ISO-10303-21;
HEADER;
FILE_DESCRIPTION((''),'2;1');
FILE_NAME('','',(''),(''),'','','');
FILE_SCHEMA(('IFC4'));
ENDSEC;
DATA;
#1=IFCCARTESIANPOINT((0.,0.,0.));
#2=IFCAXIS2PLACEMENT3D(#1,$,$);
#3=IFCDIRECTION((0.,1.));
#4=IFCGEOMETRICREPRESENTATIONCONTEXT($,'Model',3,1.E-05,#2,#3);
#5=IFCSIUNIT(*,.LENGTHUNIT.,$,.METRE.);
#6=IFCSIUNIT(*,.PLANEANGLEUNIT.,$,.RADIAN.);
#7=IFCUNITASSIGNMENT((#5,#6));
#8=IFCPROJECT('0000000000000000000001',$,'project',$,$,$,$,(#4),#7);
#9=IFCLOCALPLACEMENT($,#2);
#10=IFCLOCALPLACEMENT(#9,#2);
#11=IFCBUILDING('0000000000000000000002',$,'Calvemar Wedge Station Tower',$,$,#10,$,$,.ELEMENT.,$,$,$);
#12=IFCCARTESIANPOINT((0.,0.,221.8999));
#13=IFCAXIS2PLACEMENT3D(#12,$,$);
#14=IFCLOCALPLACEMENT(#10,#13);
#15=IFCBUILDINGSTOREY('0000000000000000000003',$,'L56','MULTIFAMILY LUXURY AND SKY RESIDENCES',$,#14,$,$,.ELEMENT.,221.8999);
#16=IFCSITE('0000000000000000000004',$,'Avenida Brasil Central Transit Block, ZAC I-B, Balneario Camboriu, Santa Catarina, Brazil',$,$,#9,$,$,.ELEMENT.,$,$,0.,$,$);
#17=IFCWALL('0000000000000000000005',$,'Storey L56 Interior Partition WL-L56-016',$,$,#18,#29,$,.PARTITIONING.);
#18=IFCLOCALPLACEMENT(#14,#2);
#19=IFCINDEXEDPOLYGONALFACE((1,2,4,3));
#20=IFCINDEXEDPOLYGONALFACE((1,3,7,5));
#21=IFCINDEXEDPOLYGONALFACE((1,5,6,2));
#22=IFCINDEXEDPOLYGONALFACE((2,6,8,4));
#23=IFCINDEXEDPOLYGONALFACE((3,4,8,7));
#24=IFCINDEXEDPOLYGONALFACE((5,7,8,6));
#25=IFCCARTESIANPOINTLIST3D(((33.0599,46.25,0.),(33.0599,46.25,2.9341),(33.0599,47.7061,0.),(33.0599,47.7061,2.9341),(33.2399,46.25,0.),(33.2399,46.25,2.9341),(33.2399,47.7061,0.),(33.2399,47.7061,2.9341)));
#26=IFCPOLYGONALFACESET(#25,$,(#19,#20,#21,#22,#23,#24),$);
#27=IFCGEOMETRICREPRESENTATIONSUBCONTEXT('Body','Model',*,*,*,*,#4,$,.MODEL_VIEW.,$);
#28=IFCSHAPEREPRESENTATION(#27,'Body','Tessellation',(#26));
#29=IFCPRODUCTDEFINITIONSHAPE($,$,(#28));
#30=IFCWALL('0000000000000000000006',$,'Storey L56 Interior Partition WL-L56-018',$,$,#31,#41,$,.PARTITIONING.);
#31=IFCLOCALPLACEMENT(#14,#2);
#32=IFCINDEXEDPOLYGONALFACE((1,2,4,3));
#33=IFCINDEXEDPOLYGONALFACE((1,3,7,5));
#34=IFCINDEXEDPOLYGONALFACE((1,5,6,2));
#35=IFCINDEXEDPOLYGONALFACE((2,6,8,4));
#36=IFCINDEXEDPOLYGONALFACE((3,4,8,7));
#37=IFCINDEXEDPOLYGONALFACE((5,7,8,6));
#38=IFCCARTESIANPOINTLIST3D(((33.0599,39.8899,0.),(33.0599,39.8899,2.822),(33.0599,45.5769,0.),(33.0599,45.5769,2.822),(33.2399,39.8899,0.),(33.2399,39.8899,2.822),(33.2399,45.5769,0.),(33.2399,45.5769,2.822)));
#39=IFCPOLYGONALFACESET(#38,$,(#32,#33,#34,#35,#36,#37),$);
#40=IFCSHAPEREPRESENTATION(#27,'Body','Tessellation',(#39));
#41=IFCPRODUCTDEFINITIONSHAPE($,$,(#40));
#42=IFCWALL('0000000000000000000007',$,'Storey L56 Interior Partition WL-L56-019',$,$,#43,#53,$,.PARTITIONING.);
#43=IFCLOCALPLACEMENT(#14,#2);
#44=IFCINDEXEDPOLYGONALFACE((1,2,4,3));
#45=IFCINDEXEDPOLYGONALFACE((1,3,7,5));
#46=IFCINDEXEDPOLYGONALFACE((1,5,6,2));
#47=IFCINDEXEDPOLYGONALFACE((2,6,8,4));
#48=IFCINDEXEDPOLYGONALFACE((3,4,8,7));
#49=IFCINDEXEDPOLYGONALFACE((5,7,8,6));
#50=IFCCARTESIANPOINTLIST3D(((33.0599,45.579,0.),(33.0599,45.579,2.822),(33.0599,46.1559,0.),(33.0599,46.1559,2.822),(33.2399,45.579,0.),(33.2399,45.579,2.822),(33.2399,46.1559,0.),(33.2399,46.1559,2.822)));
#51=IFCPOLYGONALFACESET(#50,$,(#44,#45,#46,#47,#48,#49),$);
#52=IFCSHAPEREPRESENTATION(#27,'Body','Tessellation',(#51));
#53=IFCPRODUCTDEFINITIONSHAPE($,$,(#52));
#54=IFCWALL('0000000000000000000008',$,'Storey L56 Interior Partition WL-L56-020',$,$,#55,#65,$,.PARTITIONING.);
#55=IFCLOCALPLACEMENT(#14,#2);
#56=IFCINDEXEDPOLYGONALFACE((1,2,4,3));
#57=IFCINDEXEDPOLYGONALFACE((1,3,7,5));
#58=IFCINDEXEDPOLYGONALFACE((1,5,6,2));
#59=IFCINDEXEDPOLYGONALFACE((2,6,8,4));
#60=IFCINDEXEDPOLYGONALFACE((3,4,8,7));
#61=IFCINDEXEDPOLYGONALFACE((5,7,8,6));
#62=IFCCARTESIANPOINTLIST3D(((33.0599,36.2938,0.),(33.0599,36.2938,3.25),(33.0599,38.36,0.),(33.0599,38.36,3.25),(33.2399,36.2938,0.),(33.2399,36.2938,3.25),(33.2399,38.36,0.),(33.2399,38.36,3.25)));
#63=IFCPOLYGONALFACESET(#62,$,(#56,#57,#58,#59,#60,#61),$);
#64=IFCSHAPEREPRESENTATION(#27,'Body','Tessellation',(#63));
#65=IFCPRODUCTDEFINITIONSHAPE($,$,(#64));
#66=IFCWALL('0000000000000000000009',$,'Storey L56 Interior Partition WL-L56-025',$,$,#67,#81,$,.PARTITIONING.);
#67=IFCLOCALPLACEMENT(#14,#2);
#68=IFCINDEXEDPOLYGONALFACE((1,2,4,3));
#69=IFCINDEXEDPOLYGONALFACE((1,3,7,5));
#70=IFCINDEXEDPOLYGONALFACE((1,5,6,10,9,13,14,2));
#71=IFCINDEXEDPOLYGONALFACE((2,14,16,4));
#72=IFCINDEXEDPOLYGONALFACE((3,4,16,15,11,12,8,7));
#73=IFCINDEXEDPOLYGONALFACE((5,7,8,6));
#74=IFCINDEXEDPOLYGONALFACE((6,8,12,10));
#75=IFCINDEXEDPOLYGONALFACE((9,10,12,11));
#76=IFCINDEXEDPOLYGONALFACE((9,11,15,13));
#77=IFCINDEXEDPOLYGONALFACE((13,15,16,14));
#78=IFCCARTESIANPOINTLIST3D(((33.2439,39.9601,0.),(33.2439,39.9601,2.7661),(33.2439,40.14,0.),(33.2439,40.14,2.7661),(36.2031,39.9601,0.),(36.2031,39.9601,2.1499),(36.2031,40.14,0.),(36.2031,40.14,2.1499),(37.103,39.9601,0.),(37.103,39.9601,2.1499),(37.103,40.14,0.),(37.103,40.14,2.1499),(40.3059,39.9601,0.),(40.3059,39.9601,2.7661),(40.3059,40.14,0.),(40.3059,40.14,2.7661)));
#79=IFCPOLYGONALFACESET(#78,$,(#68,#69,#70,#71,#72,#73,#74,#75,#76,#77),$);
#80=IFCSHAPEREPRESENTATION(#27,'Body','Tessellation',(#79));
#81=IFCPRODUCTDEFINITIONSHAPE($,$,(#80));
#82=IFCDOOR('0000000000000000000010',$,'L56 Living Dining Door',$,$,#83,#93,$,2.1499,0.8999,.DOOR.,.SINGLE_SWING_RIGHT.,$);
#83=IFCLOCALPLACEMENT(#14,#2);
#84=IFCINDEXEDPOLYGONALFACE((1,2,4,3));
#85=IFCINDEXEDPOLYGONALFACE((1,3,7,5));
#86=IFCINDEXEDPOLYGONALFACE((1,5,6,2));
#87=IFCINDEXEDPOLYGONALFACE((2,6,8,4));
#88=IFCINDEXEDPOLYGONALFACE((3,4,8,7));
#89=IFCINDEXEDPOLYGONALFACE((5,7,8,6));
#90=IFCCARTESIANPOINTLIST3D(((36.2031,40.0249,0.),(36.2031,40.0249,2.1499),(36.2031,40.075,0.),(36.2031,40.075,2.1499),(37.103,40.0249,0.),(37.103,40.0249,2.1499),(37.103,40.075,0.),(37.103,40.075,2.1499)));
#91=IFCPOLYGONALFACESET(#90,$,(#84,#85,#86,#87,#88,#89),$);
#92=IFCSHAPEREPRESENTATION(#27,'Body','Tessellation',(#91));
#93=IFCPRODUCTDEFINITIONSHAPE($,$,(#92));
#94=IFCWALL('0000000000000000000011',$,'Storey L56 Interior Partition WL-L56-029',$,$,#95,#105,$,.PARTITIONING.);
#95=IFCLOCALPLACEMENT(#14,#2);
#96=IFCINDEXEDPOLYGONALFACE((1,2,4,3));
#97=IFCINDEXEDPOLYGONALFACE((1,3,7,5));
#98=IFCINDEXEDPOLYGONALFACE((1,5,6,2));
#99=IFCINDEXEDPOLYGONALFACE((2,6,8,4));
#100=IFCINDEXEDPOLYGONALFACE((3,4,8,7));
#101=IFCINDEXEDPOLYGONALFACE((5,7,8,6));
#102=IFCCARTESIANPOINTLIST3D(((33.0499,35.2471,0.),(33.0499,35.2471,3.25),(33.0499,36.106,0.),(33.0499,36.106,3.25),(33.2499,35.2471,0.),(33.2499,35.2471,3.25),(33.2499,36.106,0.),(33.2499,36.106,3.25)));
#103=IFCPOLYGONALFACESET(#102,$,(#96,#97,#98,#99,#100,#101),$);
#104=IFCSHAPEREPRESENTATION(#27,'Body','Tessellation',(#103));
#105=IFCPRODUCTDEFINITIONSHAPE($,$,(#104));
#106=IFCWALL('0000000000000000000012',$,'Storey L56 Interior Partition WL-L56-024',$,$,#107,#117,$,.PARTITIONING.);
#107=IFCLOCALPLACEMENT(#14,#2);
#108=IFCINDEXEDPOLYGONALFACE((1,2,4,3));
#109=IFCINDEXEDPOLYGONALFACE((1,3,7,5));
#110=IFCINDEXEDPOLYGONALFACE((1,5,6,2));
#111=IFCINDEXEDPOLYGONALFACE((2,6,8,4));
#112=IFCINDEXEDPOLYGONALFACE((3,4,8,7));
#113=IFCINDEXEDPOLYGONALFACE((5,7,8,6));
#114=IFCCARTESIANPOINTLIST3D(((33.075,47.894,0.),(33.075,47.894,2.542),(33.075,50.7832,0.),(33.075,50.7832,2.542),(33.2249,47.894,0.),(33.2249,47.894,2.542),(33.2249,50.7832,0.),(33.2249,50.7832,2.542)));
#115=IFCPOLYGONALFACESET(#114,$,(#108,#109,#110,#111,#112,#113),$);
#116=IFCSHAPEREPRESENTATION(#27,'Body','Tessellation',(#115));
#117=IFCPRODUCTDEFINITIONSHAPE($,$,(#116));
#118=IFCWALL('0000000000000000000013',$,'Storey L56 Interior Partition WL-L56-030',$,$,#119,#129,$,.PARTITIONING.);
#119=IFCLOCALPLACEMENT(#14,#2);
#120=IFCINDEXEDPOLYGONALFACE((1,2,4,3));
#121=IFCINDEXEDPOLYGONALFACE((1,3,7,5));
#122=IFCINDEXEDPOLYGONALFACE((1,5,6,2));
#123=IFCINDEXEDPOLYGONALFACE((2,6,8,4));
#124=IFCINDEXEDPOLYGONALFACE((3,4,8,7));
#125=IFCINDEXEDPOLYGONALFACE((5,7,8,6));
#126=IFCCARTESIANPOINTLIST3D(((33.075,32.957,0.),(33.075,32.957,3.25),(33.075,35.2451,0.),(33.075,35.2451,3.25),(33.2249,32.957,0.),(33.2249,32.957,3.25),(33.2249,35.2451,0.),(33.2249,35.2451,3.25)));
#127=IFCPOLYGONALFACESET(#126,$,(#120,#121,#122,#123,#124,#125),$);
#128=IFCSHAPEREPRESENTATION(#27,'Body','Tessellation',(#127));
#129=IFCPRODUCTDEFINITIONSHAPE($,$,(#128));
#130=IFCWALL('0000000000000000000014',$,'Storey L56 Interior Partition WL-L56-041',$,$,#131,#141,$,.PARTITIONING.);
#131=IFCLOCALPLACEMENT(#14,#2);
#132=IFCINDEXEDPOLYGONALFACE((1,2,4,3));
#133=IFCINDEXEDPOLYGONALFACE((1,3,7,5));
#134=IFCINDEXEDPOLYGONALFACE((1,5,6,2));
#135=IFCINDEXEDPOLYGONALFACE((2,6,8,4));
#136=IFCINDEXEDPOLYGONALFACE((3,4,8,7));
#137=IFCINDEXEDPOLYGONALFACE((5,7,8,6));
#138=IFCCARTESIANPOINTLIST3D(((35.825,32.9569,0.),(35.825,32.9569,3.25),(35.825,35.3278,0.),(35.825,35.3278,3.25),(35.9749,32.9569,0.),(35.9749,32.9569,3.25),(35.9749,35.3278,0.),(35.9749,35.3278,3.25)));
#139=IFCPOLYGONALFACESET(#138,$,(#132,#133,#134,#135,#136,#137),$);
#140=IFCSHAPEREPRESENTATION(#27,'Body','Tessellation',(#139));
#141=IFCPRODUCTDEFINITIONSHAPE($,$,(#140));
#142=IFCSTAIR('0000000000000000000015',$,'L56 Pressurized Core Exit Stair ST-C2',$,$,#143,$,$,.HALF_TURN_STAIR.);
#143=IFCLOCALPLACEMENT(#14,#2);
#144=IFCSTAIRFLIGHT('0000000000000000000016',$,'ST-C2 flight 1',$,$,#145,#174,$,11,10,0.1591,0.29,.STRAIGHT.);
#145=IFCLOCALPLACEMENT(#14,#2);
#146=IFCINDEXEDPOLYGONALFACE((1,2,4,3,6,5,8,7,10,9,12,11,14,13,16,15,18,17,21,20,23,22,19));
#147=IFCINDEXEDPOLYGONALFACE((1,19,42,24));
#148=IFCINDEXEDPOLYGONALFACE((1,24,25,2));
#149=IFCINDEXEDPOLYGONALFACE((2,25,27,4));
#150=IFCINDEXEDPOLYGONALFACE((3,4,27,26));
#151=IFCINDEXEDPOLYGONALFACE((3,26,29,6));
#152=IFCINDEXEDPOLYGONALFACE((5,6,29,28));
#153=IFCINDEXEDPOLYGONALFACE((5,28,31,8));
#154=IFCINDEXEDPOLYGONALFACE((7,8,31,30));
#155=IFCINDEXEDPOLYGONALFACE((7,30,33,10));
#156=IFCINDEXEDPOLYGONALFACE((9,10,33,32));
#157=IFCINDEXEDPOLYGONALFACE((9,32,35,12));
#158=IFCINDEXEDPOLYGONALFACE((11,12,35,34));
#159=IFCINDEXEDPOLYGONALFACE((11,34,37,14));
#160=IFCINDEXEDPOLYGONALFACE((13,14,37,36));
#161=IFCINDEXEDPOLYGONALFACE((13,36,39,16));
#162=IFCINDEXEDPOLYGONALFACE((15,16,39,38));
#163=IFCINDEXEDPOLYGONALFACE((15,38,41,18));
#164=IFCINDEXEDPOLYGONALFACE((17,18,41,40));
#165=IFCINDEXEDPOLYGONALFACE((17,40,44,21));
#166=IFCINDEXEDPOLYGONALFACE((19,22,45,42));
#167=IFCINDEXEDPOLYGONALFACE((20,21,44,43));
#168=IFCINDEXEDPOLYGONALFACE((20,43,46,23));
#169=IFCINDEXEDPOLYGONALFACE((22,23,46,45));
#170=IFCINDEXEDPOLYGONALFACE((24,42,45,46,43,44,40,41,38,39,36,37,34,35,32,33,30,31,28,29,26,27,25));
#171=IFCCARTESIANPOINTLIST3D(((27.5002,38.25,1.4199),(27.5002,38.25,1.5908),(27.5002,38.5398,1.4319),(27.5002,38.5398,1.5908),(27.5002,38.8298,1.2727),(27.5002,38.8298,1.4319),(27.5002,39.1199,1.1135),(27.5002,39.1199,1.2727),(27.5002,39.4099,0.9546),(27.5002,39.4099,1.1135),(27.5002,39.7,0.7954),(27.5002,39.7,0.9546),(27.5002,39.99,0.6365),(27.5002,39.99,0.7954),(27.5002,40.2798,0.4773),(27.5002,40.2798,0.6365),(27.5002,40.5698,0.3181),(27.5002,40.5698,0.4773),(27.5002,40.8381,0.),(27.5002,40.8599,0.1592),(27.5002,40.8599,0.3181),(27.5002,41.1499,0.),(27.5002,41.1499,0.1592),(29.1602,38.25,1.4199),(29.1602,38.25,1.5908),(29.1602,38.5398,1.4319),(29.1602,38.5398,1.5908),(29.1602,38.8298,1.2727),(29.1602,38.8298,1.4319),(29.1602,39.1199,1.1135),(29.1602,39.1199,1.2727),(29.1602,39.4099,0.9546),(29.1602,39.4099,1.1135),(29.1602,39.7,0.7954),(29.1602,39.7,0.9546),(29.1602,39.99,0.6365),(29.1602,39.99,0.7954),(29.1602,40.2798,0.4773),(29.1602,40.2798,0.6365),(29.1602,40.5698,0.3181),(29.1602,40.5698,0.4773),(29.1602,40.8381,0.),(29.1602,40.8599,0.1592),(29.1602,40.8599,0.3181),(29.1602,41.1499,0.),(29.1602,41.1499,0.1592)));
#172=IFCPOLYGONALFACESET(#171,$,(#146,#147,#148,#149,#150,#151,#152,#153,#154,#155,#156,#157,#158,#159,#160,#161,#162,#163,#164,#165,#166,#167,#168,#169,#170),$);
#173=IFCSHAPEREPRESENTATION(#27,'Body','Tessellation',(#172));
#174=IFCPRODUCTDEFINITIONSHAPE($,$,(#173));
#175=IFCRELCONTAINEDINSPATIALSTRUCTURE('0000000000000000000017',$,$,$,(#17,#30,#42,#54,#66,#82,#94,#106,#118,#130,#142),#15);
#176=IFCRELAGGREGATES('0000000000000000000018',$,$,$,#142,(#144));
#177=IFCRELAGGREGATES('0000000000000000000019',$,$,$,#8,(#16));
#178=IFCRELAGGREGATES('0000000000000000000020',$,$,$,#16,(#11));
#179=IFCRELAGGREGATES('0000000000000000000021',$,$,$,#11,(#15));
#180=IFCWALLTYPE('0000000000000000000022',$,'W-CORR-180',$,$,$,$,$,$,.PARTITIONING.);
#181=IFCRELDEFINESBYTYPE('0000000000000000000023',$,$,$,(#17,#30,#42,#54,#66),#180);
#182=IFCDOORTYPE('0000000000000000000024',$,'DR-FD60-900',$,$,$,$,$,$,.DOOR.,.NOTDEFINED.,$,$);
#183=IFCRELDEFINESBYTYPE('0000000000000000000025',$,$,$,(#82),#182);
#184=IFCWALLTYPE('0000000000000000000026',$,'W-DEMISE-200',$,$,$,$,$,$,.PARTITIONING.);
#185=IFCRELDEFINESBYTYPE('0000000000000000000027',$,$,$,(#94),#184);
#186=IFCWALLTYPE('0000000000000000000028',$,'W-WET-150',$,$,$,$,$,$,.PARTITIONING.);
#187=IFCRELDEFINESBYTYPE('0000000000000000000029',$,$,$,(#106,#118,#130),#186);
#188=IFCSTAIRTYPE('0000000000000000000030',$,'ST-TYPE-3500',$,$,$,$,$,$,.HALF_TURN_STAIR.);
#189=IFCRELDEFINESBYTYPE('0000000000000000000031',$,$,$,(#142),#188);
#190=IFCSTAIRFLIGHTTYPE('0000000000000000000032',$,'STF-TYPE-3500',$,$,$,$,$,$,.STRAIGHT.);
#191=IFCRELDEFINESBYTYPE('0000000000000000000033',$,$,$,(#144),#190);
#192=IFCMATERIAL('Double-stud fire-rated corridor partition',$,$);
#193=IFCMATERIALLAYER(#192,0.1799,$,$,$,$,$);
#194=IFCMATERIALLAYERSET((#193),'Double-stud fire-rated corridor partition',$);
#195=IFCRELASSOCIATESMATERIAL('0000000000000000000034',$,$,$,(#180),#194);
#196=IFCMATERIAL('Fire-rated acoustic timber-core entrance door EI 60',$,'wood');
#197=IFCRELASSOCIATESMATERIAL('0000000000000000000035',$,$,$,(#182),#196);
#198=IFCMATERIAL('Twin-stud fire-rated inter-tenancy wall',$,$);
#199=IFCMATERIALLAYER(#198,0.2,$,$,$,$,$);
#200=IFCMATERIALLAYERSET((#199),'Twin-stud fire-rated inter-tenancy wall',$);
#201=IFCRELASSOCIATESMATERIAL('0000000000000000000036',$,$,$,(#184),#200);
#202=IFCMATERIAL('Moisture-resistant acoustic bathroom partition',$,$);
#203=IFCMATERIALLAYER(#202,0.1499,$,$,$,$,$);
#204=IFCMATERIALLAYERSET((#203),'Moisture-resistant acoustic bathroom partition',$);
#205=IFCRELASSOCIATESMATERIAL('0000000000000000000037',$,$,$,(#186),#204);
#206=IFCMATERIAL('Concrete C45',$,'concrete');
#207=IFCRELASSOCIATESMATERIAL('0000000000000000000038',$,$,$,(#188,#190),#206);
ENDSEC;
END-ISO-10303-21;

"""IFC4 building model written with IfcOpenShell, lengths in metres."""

from ifc_helpers import new_model, si_unit, direction, frame, frame_2d, origin, place, context, subcontext, project, spatial, polyline, rectangle, outline, extrude, source, transform, mapped, material, layer, layer_set, type_object, element, fill, aggregate, save


model = new_model("IFC4")

# Units and contexts
model_context = context("Model", 3, precision=1e-05, world=origin(), true_north=direction((0.0, 1.0)))
body_context = subcontext(model_context, "Body", "Model", "MODEL_VIEW")
ifc_project = project(units=[si_unit("LENGTHUNIT", "METRE"), si_unit("PLANEANGLEUNIT", "RADIAN")], contexts=[model_context])

# Site, building, storey
site_placement = place(None, origin())
site = spatial("IfcSite", under=ifc_project, at=site_placement, Name="Avenida Brasil Central Transit Block, ZAC I-B, Balneario Camboriu, Santa Catarina, Brazil", CompositionType="ELEMENT", RefElevation=0.0)
building_placement = place(site_placement, origin())
building = spatial("IfcBuilding", under=site, at=building_placement, Name="Calvemar Wedge Station Tower", CompositionType="ELEMENT")
storey_placement = place(building_placement, frame((0.0, 0.0, 221.8999)))
storey = spatial("IfcBuildingStorey", under=building, at=storey_placement, Name="L56", Description="MULTIFAMILY LUXURY AND SKY RESIDENCES", CompositionType="ELEMENT", Elevation=221.8999)

# Shared definitions
ifc_material_1 = material(Name="Double-stud fire-rated corridor partition")
ifc_layer_1 = layer(ifc_material_1, 0.1799)
ifc_layer_set_1 = layer_set([ifc_layer_1], Name="Double-stud fire-rated corridor partition")
wall_type_1 = type_object("IfcWallType", Name="W-CORR-180", PredefinedType="PARTITIONING", material=ifc_layer_set_1)

# Wall
wall_1_placement = place(storey_placement, frame((33.1499, 47.7061, 0.0), z_axis=(0.0, 0.0, 1.0), x_axis=(0.0, -1.0, 0.0)))
element("IfcWall", 1, at=wall_1_placement, inside=storey, type_object=wall_type_1, Name="Storey L56 Interior Partition WL-L56-016", PredefinedType="PARTITIONING", context=body_context, shape_type="SweptSolid", body=[
    extrude(rectangle(XDim=1.4561, YDim=0.1799, at=frame_2d((0.728, 0.0))), origin(), (0.0, 0.0, 1.0), 2.9341),
])

# Walls
wall_2_placement = place(storey_placement, frame((33.1499, 45.5769, 0.0), z_axis=(0.0, 0.0, 1.0), x_axis=(0.0, -1.0, 0.0)))
element("IfcWall", 2, at=wall_2_placement, inside=storey, type_object=wall_type_1, Name="Storey L56 Interior Partition WL-L56-018", PredefinedType="PARTITIONING", context=body_context, shape_type="SweptSolid", body=[
    extrude(rectangle(XDim=5.687, YDim=0.1799, at=frame_2d((2.8435, 0.0))), origin(), (0.0, 0.0, 1.0), 2.822),
])
wall_3_placement = place(storey_placement, frame((33.1499, 46.156, 0.0), z_axis=(0.0, 0.0, 1.0), x_axis=(0.0, -1.0, 0.0)))
element("IfcWall", 3, at=wall_3_placement, inside=storey, type_object=wall_type_1, Name="Storey L56 Interior Partition WL-L56-019", PredefinedType="PARTITIONING", context=body_context, shape_type="SweptSolid", body=[
    extrude(rectangle(XDim=0.5769, YDim=0.1799, at=frame_2d((0.2886, 0.0))), origin(), (0.0, 0.0, 1.0), 2.822),
])
wall_4_placement = place(storey_placement, frame((33.1499, 38.3601, 0.0), z_axis=(0.0, 0.0, 1.0), x_axis=(0.0, -1.0, 0.0)))
element("IfcWall", 4, at=wall_4_placement, inside=storey, type_object=wall_type_1, Name="Storey L56 Interior Partition WL-L56-020", PredefinedType="PARTITIONING", context=body_context, shape_type="SweptSolid", body=[
    extrude(rectangle(XDim=2.0662, YDim=0.1799, at=frame_2d((1.0332, 0.0))), origin(), (0.0, 0.0, 1.0), 3.25),
])

# Wall, opening, door
wall_5_placement = place(storey_placement, frame((33.2439, 40.05, 0.0), z_axis=(0.0, 0.0, 1.0), x_axis=(1.0, 0.0, 0.0)))
wall_5 = element("IfcWall", 5, at=wall_5_placement, inside=storey, type_object=wall_type_1, Name="Storey L56 Interior Partition WL-L56-025", PredefinedType="PARTITIONING", context=body_context, shape_type="SweptSolid", body=[
    extrude(rectangle(XDim=7.062, YDim=0.1799, at=frame_2d((3.531, 0.0))), origin(), (0.0, 0.0, 1.0), 2.7661),
])
shared_shape_1 = source(origin(), body_context, "Body", "SweptSolid", [
    extrude(rectangle(XDim=0.8999, YDim=2.1499, at=frame_2d((0.45, 1.075))), frame((0.0, 0.1001, 0.0), z_axis=(0.0, -1.0, 0.0), x_axis=(1.0, 0.0, 0.0)), (0.0, 0.0, 1.0), 0.2),
])
opening_1_placement = place(wall_5_placement, frame((2.9592, 0.0, 0.0)))
opening_1 = element("IfcOpeningElement", 6, at=opening_1_placement, cuts=wall_5, PredefinedType="OPENING", context=body_context, shape_type="MappedRepresentation", body=[
    mapped(shared_shape_1, transform((0.0, 0.0, 0.0), scale=1.0)),
])
ifc_material_2 = material(Name="Fire-rated acoustic timber-core entrance door EI 60", Category="wood")
door_type_1 = type_object("IfcDoorType", Name="DR-FD60-900", OperationType="NOTDEFINED", PredefinedType="DOOR", material=ifc_material_2)
shared_shape_2 = source(origin(), body_context, "Body", "SweptSolid", [
    extrude(rectangle(XDim=0.8999, YDim=2.1499, at=frame_2d((0.45, 1.075))), frame((0.0, 0.0249, 0.0), z_axis=(0.0, -1.0, 0.0), x_axis=(1.0, 0.0, 0.0)), (0.0, 0.0, 1.0), 0.05),
])
door_1_placement = place(opening_1_placement, origin())
door_1 = element("IfcDoor", 7, at=door_1_placement, inside=storey, type_object=door_type_1, Name="L56 Living Dining Door", OperationType="SINGLE_SWING_RIGHT", OverallHeight=2.1499, OverallWidth=0.8999, PredefinedType="DOOR", context=body_context, shape_type="MappedRepresentation", body=[
    mapped(shared_shape_2, transform((0.0, 0.0, 0.0), scale=1.0)),
])
fill(opening_1, door_1)

# Walls
ifc_material_3 = material(Name="Twin-stud fire-rated inter-tenancy wall")
ifc_layer_2 = layer(ifc_material_3, 0.2)
ifc_layer_set_2 = layer_set([ifc_layer_2], Name="Twin-stud fire-rated inter-tenancy wall")
wall_type_2 = type_object("IfcWallType", Name="W-DEMISE-200", PredefinedType="PARTITIONING", material=ifc_layer_set_2)
wall_6_placement = place(storey_placement, frame((33.1499, 36.106, 0.0), z_axis=(0.0, 0.0, 1.0), x_axis=(0.0, -1.0, 0.0)))
element("IfcWall", 8, at=wall_6_placement, inside=storey, type_object=wall_type_2, Name="Storey L56 Interior Partition WL-L56-029", PredefinedType="PARTITIONING", context=body_context, shape_type="SweptSolid", body=[
    extrude(rectangle(XDim=0.8589, YDim=0.2, at=frame_2d((0.4294, 0.0))), origin(), (0.0, 0.0, 1.0), 3.25),
])
ifc_material_4 = material(Name="Moisture-resistant acoustic bathroom partition")
ifc_layer_3 = layer(ifc_material_4, 0.1499)
ifc_layer_set_3 = layer_set([ifc_layer_3], Name="Moisture-resistant acoustic bathroom partition")
wall_type_3 = type_object("IfcWallType", Name="W-WET-150", PredefinedType="PARTITIONING", material=ifc_layer_set_3)
wall_7_placement = place(storey_placement, frame((33.1499, 50.7832, 0.0), z_axis=(0.0, 0.0, 1.0), x_axis=(0.0, -1.0, 0.0)))
element("IfcWall", 9, at=wall_7_placement, inside=storey, type_object=wall_type_3, Name="Storey L56 Interior Partition WL-L56-024", PredefinedType="PARTITIONING", context=body_context, shape_type="SweptSolid", body=[
    extrude(rectangle(XDim=2.8892, YDim=0.1499, at=frame_2d((1.4446, 0.0))), origin(), (0.0, 0.0, 1.0), 2.542),
])
wall_8_placement = place(storey_placement, frame((33.1499, 35.2451, 0.0), z_axis=(0.0, 0.0, 1.0), x_axis=(0.0, -1.0, 0.0)))
element("IfcWall", 10, at=wall_8_placement, inside=storey, type_object=wall_type_3, Name="Storey L56 Interior Partition WL-L56-030", PredefinedType="PARTITIONING", context=body_context, shape_type="SweptSolid", body=[
    extrude(rectangle(XDim=2.2881, YDim=0.1499, at=frame_2d((1.144, 0.0))), origin(), (0.0, 0.0, 1.0), 3.25),
])

# Wall
wall_9_placement = place(storey_placement, frame((35.8999, 35.3279, 0.0), z_axis=(0.0, 0.0, 1.0), x_axis=(0.0, -1.0, 0.0)))
element("IfcWall", 11, at=wall_9_placement, inside=storey, type_object=wall_type_3, Name="Storey L56 Interior Partition WL-L56-041", PredefinedType="PARTITIONING", context=body_context, shape_type="SweptSolid", body=[
    extrude(rectangle(XDim=2.3708, YDim=0.1499, at=frame_2d((1.1855, 0.0))), origin(), (0.0, 0.0, 1.0), 3.25),
])

# Stair, stair flight
ifc_material_5 = material(Name="Concrete C45", Category="concrete")
stair_type = type_object("IfcStairType", Name="ST-TYPE-3500", PredefinedType="HALF_TURN_STAIR", material=ifc_material_5)
stair_placement = place(storey_placement, origin())
stair = element("IfcStair", 12, at=stair_placement, inside=storey, type_object=stair_type, Name="L56 Pressurized Core Exit Stair ST-C2", PredefinedType="HALF_TURN_STAIR")
stair_flight_type = type_object("IfcStairFlightType", Name="STF-TYPE-3500", PredefinedType="STRAIGHT", material=ifc_material_5)
stair_flight_1_placement = place(storey_placement, frame((28.3301, 41.1499, 0.0), z_axis=(0.0, 0.0, 1.0), x_axis=(0.0, -1.0, 0.0)))
stair_flight_1 = element("IfcStairFlight", 13, at=stair_flight_1_placement, type_object=stair_flight_type, Name="ST-C2 flight 1", NumberOfRisers=11, NumberOfTreads=10, PredefinedType="STRAIGHT", RiserHeight=0.1591, TreadLength=0.29, context=body_context, shape_type="SweptSolid", body=[
    extrude(outline(polyline([(0.0, 0.0), (0.0, 0.1592), (0.29, 0.1592), (0.29, 0.3181), (0.5801, 0.3181), (0.5801, 0.4773), (0.8701, 0.4773), (0.8701, 0.6365), (1.1599, 0.6365), (1.1599, 0.7954), (1.45, 0.7954), (1.45, 0.9546), (1.74, 0.9546), (1.74, 1.1135), (2.03, 1.1135), (2.03, 1.2727), (2.3201, 1.2727), (2.3201, 1.4319), (2.6101, 1.4319), (2.6101, 1.5908), (2.8999, 1.5908), (2.8999, 1.75), (2.8999, 1.4199), (0.3118, 0.0), (0.0, 0.0)])), frame((0.0, 0.8301, 0.0), z_axis=(0.0, -1.0, 0.0), x_axis=(1.0, 0.0, 0.0)), (0.0, 0.0, 1.0), 1.6599),
])
aggregate(stair, [stair_flight_1])

save(model, "model.ifc")
